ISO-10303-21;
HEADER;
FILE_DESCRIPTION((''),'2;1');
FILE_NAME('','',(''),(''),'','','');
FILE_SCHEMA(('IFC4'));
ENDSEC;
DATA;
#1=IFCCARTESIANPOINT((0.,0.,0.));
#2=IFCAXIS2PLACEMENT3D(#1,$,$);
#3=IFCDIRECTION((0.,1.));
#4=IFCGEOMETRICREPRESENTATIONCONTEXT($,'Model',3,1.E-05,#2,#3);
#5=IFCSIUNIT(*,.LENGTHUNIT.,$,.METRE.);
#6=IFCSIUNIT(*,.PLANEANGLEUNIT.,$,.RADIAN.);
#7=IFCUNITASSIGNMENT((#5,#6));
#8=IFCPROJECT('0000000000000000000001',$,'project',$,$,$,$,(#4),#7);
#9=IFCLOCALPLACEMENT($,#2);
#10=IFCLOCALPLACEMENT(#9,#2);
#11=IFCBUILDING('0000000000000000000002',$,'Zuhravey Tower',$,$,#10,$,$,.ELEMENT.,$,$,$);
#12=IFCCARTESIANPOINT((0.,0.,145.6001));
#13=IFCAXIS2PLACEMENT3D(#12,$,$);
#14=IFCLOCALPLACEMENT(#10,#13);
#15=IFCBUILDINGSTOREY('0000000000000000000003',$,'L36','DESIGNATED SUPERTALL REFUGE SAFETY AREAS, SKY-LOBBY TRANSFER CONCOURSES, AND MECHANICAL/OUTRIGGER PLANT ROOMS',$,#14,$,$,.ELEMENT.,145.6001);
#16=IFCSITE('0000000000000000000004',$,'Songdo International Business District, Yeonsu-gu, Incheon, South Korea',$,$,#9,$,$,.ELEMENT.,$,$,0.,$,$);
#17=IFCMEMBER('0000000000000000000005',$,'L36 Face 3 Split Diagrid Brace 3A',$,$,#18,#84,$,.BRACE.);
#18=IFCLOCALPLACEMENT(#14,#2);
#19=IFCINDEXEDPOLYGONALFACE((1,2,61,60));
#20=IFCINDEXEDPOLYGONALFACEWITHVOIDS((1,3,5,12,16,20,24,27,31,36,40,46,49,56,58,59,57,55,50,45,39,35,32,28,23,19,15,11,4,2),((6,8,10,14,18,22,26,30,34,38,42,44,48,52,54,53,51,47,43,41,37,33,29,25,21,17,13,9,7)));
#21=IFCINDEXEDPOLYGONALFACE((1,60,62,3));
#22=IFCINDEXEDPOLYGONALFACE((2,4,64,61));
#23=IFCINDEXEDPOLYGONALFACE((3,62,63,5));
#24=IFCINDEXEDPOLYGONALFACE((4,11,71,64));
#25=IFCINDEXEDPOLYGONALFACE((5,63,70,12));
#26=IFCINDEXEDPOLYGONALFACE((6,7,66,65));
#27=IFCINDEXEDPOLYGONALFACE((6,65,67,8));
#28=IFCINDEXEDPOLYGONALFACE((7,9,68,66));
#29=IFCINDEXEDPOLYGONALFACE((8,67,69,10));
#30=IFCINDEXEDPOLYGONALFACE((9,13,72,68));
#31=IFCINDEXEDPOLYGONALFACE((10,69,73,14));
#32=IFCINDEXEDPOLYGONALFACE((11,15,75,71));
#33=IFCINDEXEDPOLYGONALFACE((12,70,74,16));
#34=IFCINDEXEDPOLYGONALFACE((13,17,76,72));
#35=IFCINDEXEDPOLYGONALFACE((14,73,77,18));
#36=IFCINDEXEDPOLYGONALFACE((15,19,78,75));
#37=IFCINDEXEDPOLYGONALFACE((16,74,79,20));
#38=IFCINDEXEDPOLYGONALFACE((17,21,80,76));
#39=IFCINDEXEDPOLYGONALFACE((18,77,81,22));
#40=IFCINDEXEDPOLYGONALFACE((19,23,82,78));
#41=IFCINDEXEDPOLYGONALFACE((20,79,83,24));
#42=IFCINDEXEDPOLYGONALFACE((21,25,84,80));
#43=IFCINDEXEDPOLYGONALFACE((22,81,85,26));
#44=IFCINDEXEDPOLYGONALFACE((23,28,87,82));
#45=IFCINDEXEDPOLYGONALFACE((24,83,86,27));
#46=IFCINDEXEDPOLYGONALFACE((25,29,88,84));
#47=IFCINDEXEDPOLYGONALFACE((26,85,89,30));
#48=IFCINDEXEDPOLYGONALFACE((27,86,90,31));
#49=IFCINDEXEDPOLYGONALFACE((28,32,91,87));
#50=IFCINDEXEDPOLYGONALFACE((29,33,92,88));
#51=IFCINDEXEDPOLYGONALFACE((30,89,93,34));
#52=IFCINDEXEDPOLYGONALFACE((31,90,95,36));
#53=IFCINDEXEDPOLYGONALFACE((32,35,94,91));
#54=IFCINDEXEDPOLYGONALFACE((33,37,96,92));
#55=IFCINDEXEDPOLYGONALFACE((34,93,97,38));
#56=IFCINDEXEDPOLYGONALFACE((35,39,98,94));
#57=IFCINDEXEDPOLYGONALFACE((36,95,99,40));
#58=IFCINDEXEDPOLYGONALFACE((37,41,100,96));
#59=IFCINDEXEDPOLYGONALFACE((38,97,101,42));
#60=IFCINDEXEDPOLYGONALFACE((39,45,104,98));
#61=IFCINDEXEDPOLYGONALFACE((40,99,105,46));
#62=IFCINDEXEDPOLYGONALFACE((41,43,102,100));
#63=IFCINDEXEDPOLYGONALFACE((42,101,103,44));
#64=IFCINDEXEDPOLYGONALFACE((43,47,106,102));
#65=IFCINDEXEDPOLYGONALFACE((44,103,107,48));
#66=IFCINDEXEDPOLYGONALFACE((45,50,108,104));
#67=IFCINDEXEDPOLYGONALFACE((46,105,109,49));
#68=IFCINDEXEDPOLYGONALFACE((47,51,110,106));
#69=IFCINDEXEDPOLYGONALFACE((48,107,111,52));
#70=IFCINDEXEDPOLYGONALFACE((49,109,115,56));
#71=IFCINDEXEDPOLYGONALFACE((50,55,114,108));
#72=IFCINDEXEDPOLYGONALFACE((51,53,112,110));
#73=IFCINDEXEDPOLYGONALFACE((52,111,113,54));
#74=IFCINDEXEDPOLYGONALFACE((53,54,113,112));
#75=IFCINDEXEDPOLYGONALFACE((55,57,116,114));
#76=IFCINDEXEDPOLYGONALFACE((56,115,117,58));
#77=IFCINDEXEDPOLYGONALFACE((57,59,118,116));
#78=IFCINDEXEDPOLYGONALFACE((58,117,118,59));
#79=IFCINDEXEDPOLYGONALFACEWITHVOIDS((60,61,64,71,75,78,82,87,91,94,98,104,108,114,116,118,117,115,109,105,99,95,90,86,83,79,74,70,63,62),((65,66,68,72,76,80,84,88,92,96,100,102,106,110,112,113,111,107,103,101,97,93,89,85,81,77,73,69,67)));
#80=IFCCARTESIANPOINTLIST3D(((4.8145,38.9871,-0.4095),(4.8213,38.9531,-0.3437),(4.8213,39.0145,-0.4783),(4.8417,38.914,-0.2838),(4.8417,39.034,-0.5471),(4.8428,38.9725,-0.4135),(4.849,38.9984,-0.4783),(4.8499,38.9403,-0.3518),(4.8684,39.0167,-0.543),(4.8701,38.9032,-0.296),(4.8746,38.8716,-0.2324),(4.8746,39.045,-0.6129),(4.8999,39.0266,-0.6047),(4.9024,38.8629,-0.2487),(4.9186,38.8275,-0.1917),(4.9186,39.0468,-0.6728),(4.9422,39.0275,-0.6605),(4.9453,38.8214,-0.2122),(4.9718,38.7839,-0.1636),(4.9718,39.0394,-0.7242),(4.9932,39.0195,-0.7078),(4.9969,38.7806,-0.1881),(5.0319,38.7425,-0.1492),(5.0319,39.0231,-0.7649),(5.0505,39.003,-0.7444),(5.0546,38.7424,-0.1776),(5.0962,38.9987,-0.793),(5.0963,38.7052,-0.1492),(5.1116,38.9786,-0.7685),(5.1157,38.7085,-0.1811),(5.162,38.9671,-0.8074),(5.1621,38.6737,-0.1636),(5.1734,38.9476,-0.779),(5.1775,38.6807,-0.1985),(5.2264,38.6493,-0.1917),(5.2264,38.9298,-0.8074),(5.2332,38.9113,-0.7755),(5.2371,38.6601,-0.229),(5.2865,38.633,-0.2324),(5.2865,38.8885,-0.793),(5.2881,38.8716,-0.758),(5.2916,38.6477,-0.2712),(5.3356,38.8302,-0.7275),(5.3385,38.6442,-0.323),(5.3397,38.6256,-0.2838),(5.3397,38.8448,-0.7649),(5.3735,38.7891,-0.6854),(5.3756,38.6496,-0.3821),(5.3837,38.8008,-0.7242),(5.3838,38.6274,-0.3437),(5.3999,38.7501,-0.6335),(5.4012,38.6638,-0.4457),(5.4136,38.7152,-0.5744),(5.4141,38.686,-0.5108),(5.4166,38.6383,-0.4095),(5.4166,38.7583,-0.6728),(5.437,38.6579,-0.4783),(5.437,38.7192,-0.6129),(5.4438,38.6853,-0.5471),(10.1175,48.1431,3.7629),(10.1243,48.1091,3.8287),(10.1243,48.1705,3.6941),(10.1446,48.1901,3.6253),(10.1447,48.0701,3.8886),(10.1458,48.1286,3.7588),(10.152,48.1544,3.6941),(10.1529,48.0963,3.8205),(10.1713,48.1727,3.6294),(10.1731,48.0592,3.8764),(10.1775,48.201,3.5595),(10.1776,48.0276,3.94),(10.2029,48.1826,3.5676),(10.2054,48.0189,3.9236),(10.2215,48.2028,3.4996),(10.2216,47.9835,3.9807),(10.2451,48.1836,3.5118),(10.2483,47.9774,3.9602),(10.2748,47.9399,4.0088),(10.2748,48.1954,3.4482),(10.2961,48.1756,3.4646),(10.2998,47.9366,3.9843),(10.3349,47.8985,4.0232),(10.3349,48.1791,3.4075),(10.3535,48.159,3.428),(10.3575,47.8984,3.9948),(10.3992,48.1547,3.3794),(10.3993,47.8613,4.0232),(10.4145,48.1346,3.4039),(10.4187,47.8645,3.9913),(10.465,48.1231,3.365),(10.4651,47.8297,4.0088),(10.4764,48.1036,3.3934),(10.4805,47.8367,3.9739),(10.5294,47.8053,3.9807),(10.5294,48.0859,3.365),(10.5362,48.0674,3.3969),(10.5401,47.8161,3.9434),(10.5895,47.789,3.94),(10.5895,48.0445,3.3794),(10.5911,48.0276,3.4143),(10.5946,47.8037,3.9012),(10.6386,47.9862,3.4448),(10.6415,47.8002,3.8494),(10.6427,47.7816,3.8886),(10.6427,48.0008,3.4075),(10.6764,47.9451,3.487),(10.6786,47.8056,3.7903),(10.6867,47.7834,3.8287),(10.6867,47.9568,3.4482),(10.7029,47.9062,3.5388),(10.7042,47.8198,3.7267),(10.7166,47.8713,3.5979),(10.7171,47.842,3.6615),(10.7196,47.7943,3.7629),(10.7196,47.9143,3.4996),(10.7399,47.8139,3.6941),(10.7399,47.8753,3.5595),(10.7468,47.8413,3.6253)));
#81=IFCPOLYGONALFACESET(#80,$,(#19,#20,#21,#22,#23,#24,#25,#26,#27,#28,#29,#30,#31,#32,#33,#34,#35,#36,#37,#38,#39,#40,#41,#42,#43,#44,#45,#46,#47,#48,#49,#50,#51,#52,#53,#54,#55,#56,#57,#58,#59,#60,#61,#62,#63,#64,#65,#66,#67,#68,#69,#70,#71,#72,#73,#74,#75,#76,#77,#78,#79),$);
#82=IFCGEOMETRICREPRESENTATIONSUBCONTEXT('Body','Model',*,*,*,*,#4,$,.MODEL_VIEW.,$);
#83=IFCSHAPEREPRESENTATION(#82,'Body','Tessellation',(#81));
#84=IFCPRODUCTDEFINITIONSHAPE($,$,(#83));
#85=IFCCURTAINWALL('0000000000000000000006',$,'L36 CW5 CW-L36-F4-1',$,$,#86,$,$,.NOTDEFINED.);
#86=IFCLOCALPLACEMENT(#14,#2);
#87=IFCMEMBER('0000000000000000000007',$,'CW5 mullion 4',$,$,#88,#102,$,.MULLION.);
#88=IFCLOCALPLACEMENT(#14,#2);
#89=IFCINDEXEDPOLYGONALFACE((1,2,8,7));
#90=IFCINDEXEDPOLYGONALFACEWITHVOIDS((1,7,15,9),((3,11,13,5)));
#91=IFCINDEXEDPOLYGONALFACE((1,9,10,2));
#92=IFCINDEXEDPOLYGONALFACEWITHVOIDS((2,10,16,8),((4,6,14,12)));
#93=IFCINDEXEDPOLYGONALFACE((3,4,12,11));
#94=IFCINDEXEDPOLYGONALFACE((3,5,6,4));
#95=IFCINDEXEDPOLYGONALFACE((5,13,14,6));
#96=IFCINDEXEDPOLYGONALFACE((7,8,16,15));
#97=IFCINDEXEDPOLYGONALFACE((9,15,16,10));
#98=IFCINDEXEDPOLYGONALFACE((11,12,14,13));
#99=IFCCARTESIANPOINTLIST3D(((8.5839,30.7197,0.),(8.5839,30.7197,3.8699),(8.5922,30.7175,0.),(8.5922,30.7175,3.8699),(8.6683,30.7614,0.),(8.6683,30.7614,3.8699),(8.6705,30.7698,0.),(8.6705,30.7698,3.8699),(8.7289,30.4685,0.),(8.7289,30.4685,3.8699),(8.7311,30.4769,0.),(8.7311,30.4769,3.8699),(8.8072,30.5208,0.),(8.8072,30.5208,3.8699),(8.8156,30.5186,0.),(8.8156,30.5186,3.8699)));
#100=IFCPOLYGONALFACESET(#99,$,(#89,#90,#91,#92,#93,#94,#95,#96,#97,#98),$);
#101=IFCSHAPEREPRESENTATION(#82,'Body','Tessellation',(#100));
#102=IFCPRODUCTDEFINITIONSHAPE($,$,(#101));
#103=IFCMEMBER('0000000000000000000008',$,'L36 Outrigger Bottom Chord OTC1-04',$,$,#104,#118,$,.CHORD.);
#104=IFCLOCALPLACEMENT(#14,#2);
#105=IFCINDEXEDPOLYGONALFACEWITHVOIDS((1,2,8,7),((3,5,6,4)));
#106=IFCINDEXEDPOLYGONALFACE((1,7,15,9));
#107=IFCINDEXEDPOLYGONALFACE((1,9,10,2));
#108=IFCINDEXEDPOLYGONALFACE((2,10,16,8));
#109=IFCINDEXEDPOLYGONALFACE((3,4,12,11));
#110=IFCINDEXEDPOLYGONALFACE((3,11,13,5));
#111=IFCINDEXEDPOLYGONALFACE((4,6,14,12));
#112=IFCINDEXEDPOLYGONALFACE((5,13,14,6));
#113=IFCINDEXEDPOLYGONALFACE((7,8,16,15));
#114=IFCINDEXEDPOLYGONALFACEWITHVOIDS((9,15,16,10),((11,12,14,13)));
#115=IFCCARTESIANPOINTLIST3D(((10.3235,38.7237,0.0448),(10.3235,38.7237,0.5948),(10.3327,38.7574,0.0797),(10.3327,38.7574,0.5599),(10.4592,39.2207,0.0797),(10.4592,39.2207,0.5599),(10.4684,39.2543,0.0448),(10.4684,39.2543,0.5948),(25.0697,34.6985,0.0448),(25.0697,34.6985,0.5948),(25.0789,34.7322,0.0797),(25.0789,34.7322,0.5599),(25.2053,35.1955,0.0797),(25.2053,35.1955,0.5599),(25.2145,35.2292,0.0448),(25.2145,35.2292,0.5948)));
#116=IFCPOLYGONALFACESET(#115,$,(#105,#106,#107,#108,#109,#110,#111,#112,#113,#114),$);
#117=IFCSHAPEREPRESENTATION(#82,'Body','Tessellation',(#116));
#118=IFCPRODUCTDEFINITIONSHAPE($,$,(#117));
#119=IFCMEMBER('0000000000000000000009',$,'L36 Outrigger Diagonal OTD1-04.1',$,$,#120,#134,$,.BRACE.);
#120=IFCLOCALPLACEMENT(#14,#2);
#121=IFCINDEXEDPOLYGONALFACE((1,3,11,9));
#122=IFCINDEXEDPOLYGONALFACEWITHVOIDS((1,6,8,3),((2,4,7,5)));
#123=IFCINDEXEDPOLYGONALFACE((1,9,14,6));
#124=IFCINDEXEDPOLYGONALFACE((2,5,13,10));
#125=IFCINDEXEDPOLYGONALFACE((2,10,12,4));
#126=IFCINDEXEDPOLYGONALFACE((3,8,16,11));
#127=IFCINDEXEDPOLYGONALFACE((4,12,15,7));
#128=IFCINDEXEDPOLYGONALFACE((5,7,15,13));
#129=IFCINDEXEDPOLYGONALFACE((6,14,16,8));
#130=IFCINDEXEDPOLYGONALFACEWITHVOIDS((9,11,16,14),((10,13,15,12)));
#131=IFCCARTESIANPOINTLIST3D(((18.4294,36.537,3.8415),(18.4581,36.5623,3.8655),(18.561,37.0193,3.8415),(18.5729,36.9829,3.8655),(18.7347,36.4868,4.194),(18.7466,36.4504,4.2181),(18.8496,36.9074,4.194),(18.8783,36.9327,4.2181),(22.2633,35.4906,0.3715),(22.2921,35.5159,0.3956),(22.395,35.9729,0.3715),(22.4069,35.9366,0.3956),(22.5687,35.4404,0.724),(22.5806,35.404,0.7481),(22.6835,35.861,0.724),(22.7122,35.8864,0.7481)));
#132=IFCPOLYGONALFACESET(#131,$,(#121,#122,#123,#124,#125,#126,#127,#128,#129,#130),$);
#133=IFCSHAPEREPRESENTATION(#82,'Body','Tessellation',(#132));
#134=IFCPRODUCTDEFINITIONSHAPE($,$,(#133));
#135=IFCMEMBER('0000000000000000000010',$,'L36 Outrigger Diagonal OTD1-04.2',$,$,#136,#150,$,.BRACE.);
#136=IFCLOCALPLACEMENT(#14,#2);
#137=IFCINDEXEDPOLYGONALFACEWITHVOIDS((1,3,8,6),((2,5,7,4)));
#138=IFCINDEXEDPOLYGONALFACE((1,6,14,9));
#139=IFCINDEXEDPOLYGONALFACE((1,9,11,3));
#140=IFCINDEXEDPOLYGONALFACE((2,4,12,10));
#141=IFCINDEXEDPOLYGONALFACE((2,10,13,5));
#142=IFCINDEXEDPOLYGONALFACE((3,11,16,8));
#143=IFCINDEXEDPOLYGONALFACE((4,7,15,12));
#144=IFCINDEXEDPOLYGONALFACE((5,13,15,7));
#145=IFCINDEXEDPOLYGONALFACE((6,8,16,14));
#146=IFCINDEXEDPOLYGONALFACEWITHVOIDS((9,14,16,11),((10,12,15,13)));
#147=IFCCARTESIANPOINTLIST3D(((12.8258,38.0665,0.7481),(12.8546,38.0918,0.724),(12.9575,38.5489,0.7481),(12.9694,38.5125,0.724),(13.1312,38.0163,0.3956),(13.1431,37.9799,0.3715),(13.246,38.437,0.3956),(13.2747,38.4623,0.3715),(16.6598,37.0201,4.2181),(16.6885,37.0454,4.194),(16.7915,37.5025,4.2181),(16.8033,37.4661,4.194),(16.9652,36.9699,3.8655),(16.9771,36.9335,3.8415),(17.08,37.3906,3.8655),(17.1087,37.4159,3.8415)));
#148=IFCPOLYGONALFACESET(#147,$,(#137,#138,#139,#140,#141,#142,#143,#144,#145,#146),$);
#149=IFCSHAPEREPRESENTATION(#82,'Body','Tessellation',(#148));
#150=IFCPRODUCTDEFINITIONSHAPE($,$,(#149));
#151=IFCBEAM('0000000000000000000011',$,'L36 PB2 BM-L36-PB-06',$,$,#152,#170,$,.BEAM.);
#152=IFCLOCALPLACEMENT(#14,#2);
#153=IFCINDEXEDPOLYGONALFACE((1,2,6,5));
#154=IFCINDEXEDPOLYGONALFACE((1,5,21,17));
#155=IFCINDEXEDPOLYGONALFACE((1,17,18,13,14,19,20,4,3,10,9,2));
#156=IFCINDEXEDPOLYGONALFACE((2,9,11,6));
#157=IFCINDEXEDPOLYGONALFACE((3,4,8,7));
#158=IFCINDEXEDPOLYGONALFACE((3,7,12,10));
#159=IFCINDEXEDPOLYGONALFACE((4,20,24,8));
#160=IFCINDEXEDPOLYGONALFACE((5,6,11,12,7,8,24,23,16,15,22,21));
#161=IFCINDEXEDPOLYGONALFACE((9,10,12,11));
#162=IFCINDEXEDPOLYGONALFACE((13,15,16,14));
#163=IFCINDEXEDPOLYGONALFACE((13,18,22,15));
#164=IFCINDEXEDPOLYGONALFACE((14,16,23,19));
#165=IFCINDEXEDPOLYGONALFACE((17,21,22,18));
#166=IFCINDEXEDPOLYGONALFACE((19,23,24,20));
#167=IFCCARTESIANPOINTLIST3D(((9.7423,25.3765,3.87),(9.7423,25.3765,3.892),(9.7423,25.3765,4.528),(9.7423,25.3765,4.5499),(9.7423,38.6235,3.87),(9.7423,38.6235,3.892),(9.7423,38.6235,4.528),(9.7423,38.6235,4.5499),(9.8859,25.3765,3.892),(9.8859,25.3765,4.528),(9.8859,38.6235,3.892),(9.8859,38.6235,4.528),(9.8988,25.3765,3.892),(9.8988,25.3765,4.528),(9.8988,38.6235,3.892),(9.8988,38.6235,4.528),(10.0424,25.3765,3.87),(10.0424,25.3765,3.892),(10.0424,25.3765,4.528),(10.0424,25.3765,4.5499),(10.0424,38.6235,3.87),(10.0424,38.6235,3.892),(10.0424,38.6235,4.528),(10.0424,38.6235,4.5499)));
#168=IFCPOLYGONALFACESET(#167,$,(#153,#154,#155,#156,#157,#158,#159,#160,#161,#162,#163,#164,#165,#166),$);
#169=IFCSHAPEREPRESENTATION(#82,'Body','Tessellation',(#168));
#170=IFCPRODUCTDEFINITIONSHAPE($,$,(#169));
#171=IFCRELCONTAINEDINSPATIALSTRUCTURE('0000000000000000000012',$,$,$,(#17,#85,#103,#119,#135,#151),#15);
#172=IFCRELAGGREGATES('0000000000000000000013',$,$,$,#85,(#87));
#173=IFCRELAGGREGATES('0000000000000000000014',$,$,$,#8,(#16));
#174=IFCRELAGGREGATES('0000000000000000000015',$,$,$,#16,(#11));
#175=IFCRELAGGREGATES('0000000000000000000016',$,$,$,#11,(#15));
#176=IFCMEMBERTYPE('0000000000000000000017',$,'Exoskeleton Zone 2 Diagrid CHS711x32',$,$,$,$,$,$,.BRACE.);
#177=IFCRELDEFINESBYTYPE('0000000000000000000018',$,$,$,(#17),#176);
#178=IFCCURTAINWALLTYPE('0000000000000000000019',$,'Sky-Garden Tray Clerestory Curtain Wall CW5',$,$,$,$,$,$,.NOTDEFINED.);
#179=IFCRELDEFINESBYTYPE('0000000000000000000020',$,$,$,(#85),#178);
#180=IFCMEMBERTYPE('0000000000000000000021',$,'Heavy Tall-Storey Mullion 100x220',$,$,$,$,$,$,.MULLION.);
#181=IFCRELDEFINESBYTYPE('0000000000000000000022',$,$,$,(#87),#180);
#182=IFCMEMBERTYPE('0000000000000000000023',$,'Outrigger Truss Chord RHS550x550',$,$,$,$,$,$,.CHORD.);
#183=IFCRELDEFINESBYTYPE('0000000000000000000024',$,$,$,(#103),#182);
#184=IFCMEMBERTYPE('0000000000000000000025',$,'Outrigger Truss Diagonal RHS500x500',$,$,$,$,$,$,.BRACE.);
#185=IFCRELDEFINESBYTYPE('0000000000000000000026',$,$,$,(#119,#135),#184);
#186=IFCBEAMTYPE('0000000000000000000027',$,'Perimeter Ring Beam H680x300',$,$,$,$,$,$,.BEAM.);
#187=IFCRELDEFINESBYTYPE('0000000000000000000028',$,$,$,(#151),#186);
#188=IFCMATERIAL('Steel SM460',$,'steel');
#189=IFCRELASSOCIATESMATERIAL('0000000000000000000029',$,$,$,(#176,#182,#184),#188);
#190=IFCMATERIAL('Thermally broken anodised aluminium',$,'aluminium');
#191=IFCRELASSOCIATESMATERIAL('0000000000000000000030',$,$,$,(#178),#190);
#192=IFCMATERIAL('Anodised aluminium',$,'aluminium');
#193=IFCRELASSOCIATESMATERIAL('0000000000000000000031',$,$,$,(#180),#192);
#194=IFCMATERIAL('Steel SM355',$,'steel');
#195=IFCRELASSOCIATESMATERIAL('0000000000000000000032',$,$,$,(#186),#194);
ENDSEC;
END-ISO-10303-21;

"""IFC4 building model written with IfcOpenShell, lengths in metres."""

from ifc_helpers import new_model, si_unit, direction, frame, origin, origin_2d, place, context, subcontext, project, spatial, hollow_rectangle, hollow_circle, i_section, extrude, material, material_profile, profile_set, type_object, element, aggregate, save


model = new_model("IFC4")

# Units and contexts
model_context = context("Model", 3, precision=1e-05, world=origin(), true_north=direction((0.0, 1.0)))
body_context = subcontext(model_context, "Body", "Model", "MODEL_VIEW")
ifc_project = project(units=[si_unit("LENGTHUNIT", "METRE"), si_unit("PLANEANGLEUNIT", "RADIAN")], contexts=[model_context])

# Site, building, storey
site_placement = place(None, origin())
site = spatial("IfcSite", under=ifc_project, at=site_placement, Name="Songdo International Business District, Yeonsu-gu, Incheon, South Korea", CompositionType="ELEMENT", RefElevation=0.0)
building_placement = place(site_placement, origin())
building = spatial("IfcBuilding", under=site, at=building_placement, Name="Zuhravey Tower", CompositionType="ELEMENT")
storey_placement = place(building_placement, frame((0.0, 0.0, 145.6001)))
storey = spatial("IfcBuildingStorey", under=building, at=storey_placement, Name="L36", Description="DESIGNATED SUPERTALL REFUGE SAFETY AREAS, SKY-LOBBY TRANSFER CONCOURSES, AND MECHANICAL/OUTRIGGER PLANT ROOMS", CompositionType="ELEMENT", Elevation=145.6001)

# Member
ifc_material_1 = material(Name="Steel SM355", Category="steel")
ifc_material_2 = material(Name="Steel SM460", Category="steel")
ifc_material_profile_1 = material_profile(ifc_material_2, hollow_circle(Radius=0.3557, WallThickness=0.032, at=origin_2d()), Name="CHS-711.2x32")
ifc_profile_set_1 = profile_set([ifc_material_profile_1], Name="Steel SM460")
member_type_1 = type_object("IfcMemberType", Name="Exoskeleton Zone 2 Diagrid CHS711x32", PredefinedType="BRACE", material=ifc_profile_set_1)
member_1_placement = place(storey_placement, frame((5.1292, 38.8362, -0.4783), z_axis=(0.466246, 0.805011, 0.366841), x_axis=(-0.865339, 0.501187, 0.0)))
element("IfcMember", 1, at=member_1_placement, inside=storey, type_object=member_type_1, Name="L36 Face 3 Split Diagrid Brace 3A", PredefinedType="BRACE", context=body_context, shape_type="SweptSolid", body=[
    extrude(hollow_circle(Radius=0.3557, WallThickness=0.032, at=origin_2d()), origin(), (0.0, 0.0, 1.0), 11.3738),
])

# Curtain wall, member
ifc_material_3 = material(Name="Thermally broken anodised aluminium", Category="aluminium")
curtain_wall_type = type_object("IfcCurtainWallType", Name="Sky-Garden Tray Clerestory Curtain Wall CW5", PredefinedType="NOTDEFINED", material=ifc_material_3)
curtain_wall_placement = place(storey_placement, origin())
curtain_wall = element("IfcCurtainWall", 2, at=curtain_wall_placement, inside=storey, type_object=curtain_wall_type, Name="L36 CW5 CW-L36-F4-1", PredefinedType="NOTDEFINED")
ifc_material_4 = material(Name="Anodised aluminium", Category="aluminium")
ifc_material_profile_2 = material_profile(ifc_material_4, hollow_rectangle(XDim=0.1001, YDim=0.29, WallThickness=0.0061, at=origin_2d()), Name="ALU-RHS-100x290x6")
ifc_profile_set_2 = profile_set([ifc_material_profile_2], Name="Anodised aluminium")
member_type_2 = type_object("IfcMemberType", Name="Heavy Tall-Storey Mullion 100x220", PredefinedType="MULLION", material=ifc_profile_set_2)
member_2_placement = place(storey_placement, frame((8.6997, 30.6191, 0.0), z_axis=(0.0, 0.0, 1.0), x_axis=(-0.866026, -0.5, 0.0)))
member_2 = element("IfcMember", 3, at=member_2_placement, type_object=member_type_2, Name="CW5 mullion 4", PredefinedType="MULLION", context=body_context, shape_type="SweptSolid", body=[
    extrude(hollow_rectangle(XDim=0.1001, YDim=0.29, WallThickness=0.0061, at=origin_2d()), origin(), (0.0, 0.0, 1.0), 3.8699),
])
aggregate(curtain_wall, [member_2])

# Members
ifc_material_profile_3 = material_profile(ifc_material_2, hollow_rectangle(XDim=0.55, YDim=0.55, WallThickness=0.0349, at=origin_2d()), Name="RHS-550x550x35")
ifc_profile_set_3 = profile_set([ifc_material_profile_3], Name="Steel SM460")
member_type_3 = type_object("IfcMemberType", Name="Outrigger Truss Chord RHS550x550", PredefinedType="CHORD", material=ifc_profile_set_3)
member_3_placement = place(storey_placement, frame((25.1421, 34.9639, 0.3198), z_axis=(-0.964706, 0.26333, 0.0), x_axis=(-0.26333, -0.964706, 0.0)))
element("IfcMember", 4, at=member_3_placement, inside=storey, type_object=member_type_3, Name="L36 Outrigger Bottom Chord OTC1-04", PredefinedType="CHORD", context=body_context, shape_type="SweptSolid", body=[
    extrude(hollow_rectangle(XDim=0.55, YDim=0.55, WallThickness=0.0349, at=origin_2d()), origin(), (0.0, 0.0, 1.0), 15.2856),
])
ifc_material_profile_4 = material_profile(ifc_material_2, hollow_rectangle(XDim=0.5, YDim=0.5, WallThickness=0.032, at=origin_2d()), Name="RHS-500x500x32")
ifc_profile_set_4 = profile_set([ifc_material_profile_4], Name="Steel SM460")
member_type_4 = type_object("IfcMemberType", Name="Outrigger Truss Diagonal RHS500x500", PredefinedType="BRACE", material=ifc_profile_set_4)
for number, where, z_axis, x_axis, name in (
    (5, (22.4878, 35.6885, 0.5598), (-0.726699, 0.198334, 0.657703), (-0.263294, -0.964716, 0.0), "L36 Outrigger Diagonal OTD1-04.1"),
    (6, (13.0503, 38.2644, 0.5598), (0.726699, -0.198334, 0.657703), (0.263294, 0.964716, 0.0), "L36 Outrigger Diagonal OTD1-04.2"),
):
    element("IfcMember", number, at=place(storey_placement, frame(where, z_axis=z_axis, x_axis=x_axis)), inside=storey, type_object=member_type_4, Name=name, PredefinedType="BRACE", context=body_context, shape_type="SweptSolid", body=[
        extrude(hollow_rectangle(XDim=0.5, YDim=0.5, WallThickness=0.032, at=origin_2d()), origin(), (0.0, 0.0, 1.0), 5.2759),
    ])

# Beam
ifc_material_profile_5 = material_profile(ifc_material_1, i_section(OverallWidth=0.3, OverallDepth=0.6799, WebThickness=0.0129, FlangeThickness=0.022, at=origin_2d()), Name="H-680x300x13x22")
ifc_profile_set_5 = profile_set([ifc_material_profile_5], Name="Steel SM355")
beam_type_1 = type_object("IfcBeamType", Name="Perimeter Ring Beam H680x300", PredefinedType="BEAM", material=ifc_profile_set_5)
beam_1_placement = place(storey_placement, frame((9.8923, 38.6235, 4.21), z_axis=(0.0, -1.0, 0.0), x_axis=(1.0, 0.0, 0.0)))
element("IfcBeam", 7, at=beam_1_placement, inside=storey, type_object=beam_type_1, Name="L36 PB2 BM-L36-PB-06", PredefinedType="BEAM", context=body_context, shape_type="SweptSolid", body=[
    extrude(i_section(OverallWidth=0.3, OverallDepth=0.6799, WebThickness=0.0129, FlangeThickness=0.022, at=origin_2d()), origin(), (0.0, 0.0, 1.0), 13.2471),
])

save(model, "model.ifc")
